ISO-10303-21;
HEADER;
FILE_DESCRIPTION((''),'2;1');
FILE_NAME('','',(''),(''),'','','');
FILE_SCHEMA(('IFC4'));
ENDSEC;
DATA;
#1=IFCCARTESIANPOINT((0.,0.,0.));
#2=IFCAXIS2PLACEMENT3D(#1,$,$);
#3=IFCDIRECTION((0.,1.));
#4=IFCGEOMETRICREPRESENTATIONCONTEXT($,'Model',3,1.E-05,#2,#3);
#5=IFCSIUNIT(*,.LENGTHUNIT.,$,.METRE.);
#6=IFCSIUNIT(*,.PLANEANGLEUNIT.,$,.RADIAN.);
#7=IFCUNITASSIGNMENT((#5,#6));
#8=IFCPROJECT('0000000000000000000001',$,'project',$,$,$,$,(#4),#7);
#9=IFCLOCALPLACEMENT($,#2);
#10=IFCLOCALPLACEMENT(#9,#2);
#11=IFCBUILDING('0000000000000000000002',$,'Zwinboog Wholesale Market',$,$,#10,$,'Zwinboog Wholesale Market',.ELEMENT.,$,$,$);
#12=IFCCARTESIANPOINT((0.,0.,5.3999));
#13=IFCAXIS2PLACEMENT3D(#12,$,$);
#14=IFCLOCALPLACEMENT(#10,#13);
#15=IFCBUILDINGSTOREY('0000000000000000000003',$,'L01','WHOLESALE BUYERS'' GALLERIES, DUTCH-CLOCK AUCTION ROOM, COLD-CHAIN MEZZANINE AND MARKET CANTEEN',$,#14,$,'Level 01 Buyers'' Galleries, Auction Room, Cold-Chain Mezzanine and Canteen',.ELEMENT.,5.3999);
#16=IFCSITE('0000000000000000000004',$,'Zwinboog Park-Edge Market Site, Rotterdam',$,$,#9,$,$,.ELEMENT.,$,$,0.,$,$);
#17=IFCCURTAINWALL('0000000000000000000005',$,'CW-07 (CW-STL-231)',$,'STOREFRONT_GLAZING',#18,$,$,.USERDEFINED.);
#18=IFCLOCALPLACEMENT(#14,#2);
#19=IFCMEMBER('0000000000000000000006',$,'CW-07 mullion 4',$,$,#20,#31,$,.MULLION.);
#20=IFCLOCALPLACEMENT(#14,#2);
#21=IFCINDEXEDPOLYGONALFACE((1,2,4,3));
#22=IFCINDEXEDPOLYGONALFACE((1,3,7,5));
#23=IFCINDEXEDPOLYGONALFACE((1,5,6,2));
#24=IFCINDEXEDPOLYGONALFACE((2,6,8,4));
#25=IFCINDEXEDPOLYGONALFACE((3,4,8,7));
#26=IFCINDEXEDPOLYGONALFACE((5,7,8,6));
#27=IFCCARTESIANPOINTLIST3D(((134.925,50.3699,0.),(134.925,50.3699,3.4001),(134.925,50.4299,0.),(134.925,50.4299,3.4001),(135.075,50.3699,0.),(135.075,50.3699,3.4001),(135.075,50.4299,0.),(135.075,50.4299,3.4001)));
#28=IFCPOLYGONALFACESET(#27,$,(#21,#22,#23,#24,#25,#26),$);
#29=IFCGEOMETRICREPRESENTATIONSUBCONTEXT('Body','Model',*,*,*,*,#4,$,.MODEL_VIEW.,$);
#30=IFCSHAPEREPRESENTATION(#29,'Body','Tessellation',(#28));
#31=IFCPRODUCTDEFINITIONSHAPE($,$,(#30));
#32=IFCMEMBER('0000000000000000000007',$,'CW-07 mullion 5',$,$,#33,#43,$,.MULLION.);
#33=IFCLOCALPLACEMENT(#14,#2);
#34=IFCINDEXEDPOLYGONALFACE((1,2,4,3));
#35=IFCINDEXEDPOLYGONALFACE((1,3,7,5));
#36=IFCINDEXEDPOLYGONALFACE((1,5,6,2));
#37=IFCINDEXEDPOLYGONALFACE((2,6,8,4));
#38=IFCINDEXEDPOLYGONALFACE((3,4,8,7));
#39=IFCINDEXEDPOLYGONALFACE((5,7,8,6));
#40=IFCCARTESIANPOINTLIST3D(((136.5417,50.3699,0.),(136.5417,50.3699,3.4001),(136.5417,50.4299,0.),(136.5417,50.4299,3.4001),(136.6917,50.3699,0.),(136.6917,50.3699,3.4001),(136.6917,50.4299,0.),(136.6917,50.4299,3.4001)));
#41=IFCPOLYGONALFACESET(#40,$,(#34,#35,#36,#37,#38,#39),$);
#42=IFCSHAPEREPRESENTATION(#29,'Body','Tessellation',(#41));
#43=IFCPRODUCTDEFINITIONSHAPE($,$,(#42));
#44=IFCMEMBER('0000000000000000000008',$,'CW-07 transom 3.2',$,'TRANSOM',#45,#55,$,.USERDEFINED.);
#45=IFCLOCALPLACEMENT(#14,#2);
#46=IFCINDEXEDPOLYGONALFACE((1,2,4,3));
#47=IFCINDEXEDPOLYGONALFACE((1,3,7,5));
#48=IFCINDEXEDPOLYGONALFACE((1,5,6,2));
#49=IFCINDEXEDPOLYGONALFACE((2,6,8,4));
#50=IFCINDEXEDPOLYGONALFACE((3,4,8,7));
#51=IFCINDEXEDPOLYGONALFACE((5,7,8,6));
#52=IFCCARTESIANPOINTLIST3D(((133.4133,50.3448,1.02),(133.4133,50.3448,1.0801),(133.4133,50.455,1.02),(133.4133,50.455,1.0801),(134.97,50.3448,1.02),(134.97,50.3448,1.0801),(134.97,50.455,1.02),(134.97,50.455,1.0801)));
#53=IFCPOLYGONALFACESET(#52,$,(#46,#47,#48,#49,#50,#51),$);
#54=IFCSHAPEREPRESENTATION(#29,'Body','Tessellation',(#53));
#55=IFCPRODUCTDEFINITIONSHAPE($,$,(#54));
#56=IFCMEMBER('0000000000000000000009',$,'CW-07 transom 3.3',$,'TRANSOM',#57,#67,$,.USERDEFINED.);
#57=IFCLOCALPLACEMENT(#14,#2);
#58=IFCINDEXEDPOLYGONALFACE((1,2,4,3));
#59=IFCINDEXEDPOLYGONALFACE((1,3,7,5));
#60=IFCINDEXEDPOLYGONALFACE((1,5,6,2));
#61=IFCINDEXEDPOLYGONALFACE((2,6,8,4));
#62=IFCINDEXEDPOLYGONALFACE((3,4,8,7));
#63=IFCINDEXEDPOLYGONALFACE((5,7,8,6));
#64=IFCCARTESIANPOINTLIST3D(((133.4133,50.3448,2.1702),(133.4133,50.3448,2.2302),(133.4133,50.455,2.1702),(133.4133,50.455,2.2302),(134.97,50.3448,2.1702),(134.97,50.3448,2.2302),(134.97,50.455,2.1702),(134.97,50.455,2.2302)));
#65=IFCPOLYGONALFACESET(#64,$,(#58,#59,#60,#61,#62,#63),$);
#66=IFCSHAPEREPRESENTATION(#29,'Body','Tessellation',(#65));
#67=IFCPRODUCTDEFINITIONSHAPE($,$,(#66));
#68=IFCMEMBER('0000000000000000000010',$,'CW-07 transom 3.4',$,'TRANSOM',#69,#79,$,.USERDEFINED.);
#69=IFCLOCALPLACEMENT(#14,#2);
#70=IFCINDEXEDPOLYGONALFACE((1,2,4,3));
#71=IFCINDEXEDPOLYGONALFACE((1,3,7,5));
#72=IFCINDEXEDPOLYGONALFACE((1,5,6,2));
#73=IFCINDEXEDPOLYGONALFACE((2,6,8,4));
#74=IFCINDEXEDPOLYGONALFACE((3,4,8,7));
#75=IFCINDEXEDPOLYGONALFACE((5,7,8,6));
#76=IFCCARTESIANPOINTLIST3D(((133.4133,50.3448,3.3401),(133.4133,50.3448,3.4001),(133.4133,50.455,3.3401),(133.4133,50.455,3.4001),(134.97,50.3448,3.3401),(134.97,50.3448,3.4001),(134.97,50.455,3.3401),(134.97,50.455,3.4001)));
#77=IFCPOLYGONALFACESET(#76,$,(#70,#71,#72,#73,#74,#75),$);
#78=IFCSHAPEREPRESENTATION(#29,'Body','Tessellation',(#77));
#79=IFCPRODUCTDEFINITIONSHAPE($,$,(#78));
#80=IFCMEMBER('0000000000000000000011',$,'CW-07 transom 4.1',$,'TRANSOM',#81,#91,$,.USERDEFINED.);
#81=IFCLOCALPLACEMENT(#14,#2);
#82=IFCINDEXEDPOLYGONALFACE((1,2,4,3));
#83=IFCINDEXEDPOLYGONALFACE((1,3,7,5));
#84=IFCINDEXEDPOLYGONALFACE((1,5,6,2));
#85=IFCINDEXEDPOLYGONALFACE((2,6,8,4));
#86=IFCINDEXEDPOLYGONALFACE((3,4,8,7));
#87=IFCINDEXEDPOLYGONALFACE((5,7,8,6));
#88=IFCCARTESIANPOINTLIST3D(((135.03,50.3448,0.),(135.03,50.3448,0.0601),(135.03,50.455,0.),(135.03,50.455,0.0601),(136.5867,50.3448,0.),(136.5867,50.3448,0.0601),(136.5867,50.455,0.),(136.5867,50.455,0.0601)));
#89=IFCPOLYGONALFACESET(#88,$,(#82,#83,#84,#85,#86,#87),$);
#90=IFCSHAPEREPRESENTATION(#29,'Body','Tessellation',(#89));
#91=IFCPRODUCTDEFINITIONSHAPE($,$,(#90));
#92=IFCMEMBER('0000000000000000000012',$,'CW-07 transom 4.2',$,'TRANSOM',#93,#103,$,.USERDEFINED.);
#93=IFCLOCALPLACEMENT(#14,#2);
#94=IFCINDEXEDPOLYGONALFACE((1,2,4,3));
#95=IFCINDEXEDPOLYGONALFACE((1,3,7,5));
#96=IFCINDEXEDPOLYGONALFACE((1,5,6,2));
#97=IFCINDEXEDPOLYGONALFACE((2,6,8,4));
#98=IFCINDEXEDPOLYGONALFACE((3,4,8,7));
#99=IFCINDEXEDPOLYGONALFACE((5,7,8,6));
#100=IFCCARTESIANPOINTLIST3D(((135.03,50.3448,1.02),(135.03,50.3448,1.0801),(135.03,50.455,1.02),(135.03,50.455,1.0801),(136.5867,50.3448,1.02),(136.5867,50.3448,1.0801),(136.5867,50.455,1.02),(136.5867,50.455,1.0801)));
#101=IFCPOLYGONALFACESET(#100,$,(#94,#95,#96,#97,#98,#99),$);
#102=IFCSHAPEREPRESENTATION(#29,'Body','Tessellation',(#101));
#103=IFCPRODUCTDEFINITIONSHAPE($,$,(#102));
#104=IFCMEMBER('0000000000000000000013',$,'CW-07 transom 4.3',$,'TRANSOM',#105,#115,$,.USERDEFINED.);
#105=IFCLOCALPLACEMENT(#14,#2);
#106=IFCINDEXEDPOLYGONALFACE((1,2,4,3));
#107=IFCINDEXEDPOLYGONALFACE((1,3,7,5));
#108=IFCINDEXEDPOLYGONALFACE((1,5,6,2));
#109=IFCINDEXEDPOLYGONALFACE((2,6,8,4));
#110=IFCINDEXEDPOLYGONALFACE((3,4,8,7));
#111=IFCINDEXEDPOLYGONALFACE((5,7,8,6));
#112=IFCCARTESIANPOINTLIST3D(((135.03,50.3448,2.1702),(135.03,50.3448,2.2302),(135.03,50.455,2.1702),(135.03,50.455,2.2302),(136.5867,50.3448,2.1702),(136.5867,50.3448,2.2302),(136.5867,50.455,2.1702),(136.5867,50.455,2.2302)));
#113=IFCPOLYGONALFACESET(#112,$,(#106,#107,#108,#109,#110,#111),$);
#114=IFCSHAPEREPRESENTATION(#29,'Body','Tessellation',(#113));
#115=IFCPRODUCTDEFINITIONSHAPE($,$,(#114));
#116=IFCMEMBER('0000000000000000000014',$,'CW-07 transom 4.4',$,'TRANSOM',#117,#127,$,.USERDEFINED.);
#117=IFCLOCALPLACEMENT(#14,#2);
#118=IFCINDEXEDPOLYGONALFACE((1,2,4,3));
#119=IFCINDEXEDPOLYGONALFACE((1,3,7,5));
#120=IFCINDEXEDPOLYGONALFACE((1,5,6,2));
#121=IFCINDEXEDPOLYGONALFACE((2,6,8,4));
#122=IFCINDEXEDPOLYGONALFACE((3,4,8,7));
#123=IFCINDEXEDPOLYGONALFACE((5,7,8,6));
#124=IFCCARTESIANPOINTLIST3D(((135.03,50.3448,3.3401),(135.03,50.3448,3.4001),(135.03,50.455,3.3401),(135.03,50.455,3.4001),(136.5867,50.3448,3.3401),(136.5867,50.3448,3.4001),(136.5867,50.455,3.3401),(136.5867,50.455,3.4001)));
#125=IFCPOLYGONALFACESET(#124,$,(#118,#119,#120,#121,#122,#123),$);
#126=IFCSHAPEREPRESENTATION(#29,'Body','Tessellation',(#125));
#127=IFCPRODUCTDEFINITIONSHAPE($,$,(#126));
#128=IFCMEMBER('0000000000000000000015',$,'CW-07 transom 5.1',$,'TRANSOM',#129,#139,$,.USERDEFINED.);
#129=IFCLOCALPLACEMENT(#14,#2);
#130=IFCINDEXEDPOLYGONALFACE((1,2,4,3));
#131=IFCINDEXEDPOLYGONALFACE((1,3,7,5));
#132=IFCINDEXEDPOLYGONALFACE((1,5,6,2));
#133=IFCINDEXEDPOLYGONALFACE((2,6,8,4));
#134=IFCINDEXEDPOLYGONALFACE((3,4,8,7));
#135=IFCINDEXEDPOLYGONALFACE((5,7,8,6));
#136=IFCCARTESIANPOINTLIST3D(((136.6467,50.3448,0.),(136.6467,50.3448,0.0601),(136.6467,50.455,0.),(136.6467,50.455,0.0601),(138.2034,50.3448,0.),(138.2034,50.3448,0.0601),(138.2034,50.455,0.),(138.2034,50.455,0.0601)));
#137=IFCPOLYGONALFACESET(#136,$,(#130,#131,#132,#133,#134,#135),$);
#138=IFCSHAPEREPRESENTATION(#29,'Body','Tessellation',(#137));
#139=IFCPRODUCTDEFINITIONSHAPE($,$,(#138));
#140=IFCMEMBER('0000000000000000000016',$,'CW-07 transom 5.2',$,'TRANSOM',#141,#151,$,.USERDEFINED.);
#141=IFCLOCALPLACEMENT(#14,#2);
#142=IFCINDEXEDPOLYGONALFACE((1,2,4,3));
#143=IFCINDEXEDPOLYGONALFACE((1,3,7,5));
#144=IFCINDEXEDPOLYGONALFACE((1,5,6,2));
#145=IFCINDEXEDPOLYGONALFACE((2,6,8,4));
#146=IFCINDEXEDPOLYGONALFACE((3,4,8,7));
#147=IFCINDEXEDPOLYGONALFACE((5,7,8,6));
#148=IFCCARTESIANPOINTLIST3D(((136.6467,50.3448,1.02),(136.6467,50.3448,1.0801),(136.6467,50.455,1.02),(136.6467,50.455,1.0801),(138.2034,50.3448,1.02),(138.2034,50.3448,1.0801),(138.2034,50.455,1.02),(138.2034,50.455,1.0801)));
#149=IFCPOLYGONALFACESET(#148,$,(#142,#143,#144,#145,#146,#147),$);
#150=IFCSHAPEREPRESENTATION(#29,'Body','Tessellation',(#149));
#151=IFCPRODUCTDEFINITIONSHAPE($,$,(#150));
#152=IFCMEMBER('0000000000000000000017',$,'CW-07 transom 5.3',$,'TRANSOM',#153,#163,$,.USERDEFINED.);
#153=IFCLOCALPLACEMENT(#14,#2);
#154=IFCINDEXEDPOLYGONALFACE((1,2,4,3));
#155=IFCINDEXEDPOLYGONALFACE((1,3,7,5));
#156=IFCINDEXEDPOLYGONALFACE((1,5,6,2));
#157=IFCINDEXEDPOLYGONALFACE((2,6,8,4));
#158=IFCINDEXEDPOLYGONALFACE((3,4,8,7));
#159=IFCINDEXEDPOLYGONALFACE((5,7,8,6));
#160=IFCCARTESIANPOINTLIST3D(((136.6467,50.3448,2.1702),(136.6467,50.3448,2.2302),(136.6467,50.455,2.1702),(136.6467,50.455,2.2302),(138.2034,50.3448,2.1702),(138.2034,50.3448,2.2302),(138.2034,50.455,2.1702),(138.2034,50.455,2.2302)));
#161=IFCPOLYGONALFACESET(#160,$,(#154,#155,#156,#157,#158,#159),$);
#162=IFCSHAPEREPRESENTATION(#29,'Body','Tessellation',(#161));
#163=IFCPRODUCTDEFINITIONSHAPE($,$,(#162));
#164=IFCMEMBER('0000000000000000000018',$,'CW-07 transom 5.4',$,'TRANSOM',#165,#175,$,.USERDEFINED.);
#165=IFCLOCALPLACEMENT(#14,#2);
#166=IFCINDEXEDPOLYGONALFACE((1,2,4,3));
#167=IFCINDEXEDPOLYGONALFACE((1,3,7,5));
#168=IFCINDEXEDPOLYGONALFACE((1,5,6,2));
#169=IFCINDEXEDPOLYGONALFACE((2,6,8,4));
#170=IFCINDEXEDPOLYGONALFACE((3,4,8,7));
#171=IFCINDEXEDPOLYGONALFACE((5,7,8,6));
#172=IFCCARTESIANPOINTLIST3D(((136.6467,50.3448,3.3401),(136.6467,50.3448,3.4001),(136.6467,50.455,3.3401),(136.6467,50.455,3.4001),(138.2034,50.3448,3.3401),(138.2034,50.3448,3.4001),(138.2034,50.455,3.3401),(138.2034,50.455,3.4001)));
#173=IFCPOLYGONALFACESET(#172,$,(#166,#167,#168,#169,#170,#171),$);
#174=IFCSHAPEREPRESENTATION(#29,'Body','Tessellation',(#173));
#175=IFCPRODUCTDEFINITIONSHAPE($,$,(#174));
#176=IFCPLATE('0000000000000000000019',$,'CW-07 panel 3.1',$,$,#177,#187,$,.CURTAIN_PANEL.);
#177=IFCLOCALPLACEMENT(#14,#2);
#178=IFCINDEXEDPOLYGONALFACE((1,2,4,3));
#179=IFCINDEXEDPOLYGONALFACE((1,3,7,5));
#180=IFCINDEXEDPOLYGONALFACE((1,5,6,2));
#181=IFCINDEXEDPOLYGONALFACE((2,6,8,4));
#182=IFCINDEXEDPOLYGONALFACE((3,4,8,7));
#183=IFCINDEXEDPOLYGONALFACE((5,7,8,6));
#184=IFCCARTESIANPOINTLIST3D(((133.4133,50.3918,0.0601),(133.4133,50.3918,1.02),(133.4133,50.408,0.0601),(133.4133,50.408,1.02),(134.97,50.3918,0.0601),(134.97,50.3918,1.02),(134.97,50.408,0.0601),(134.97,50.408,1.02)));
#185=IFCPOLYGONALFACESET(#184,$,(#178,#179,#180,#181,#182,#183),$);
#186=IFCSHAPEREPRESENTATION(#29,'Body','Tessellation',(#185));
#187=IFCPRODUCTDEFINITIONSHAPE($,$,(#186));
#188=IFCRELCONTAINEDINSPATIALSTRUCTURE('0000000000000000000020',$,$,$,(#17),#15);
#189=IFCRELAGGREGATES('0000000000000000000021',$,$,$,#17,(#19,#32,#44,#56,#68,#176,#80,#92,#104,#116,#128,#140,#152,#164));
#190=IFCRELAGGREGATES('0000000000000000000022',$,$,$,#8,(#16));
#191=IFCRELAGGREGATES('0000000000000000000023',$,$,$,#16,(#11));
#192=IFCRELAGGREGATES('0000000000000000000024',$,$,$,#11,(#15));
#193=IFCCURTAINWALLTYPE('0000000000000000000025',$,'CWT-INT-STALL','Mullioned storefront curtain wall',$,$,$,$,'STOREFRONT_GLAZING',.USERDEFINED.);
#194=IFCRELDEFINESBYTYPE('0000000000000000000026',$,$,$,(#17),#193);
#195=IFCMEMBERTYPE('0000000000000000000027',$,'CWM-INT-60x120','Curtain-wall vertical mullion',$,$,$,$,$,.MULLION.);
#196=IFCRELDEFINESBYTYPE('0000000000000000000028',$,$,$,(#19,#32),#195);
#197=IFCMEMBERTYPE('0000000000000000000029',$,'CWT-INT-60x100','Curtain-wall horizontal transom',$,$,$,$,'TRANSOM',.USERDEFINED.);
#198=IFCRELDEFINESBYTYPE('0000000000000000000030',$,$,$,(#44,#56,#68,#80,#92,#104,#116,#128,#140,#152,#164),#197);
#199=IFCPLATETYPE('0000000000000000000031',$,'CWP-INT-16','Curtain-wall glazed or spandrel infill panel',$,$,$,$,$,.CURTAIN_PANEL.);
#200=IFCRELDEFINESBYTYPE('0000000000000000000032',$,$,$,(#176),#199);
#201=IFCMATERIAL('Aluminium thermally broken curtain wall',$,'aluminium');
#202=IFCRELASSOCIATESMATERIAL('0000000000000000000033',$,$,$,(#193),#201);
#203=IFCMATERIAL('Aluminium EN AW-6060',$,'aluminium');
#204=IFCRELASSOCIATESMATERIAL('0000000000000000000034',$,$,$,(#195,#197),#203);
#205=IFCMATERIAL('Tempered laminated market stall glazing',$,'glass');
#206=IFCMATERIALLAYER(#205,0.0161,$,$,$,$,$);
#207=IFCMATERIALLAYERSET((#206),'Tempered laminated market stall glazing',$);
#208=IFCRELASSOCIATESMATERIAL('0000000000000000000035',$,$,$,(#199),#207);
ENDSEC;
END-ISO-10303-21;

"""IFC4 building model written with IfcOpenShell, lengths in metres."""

from ifc_helpers import new_model, si_unit, direction, frame, origin, origin_2d, place, context, subcontext, project, spatial, rectangle, extrude, material, layer, layer_set, material_profile, profile_set, type_object, element, aggregate, save


model = new_model("IFC4")

# Units and contexts
model_context = context("Model", 3, precision=1e-05, world=origin(), true_north=direction((0.0, 1.0)))
body_context = subcontext(model_context, "Body", "Model", "MODEL_VIEW")
ifc_project = project(units=[si_unit("LENGTHUNIT", "METRE"), si_unit("PLANEANGLEUNIT", "RADIAN")], contexts=[model_context])

# Site, building, storey
site_placement = place(None, origin())
site = spatial("IfcSite", under=ifc_project, at=site_placement, Name="Zwinboog Park-Edge Market Site, Rotterdam", CompositionType="ELEMENT", RefElevation=0.0)
building_placement = place(site_placement, origin())
building = spatial("IfcBuilding", under=site, at=building_placement, Name="Zwinboog Wholesale Market", LongName="Zwinboog Wholesale Market", CompositionType="ELEMENT")
storey_placement = place(building_placement, frame((0.0, 0.0, 5.3999)))
storey = spatial("IfcBuildingStorey", under=building, at=storey_placement, Name="L01", Description="WHOLESALE BUYERS' GALLERIES, DUTCH-CLOCK AUCTION ROOM, COLD-CHAIN MEZZANINE AND MARKET CANTEEN", LongName="Level 01 Buyers' Galleries, Auction Room, Cold-Chain Mezzanine and Canteen", CompositionType="ELEMENT", Elevation=5.3999)

# Curtain wall, members, plate
ifc_material_1 = material(Name="Aluminium thermally broken curtain wall", Category="aluminium")
curtain_wall_type = type_object("IfcCurtainWallType", Name="CWT-INT-STALL", Description="Mullioned storefront curtain wall", ElementType="STOREFRONT_GLAZING", PredefinedType="USERDEFINED", material=ifc_material_1)
curtain_wall_placement = place(storey_placement, origin())
curtain_wall = element("IfcCurtainWall", 1, at=curtain_wall_placement, inside=storey, type_object=curtain_wall_type, Name="CW-07 (CW-STL-231)", ObjectType="STOREFRONT_GLAZING", PredefinedType="USERDEFINED")
ifc_material_2 = material(Name="Aluminium EN AW-6060", Category="aluminium")
ifc_material_profile_1 = material_profile(ifc_material_2, rectangle(XDim=0.0601, YDim=0.1499, at=origin_2d()), Name="AL 60x150")
ifc_profile_set_1 = profile_set([ifc_material_profile_1], Name="Aluminium EN AW-6060")
member_type_1 = type_object("IfcMemberType", Name="CWM-INT-60x120", Description="Curtain-wall vertical mullion", PredefinedType="MULLION", material=ifc_profile_set_1)
member_1_placement = place(storey_placement, frame((135.0, 50.3999, 0.0), z_axis=(0.0, 0.0, 1.0), x_axis=(0.0, 1.0, 0.0)))
member_1 = element("IfcMember", 2, at=member_1_placement, type_object=member_type_1, Name="CW-07 mullion 4", PredefinedType="MULLION", context=body_context, shape_type="SweptSolid", body=[
    extrude(rectangle(XDim=0.0601, YDim=0.1499, at=origin_2d()), origin(), (0.0, 0.0, 1.0), 3.4001),
])
member_2_placement = place(storey_placement, frame((136.6167, 50.3999, 0.0), z_axis=(0.0, 0.0, 1.0), x_axis=(0.0, 1.0, 0.0)))
member_2 = element("IfcMember", 3, at=member_2_placement, type_object=member_type_1, Name="CW-07 mullion 5", PredefinedType="MULLION", context=body_context, shape_type="SweptSolid", body=[
    extrude(rectangle(XDim=0.0601, YDim=0.1499, at=origin_2d()), origin(), (0.0, 0.0, 1.0), 3.4001),
])
ifc_material_profile_2 = material_profile(ifc_material_2, rectangle(XDim=0.1101, YDim=0.0601, at=origin_2d()), Name="AL 60x110")
ifc_profile_set_2 = profile_set([ifc_material_profile_2], Name="Aluminium EN AW-6060")
member_type_2 = type_object("IfcMemberType", Name="CWT-INT-60x100", Description="Curtain-wall horizontal transom", ElementType="TRANSOM", PredefinedType="USERDEFINED", material=ifc_profile_set_2)
member_3_placement = place(storey_placement, frame((133.4133, 50.3999, 1.05), z_axis=(1.0, 0.0, 0.0), x_axis=(0.0, 1.0, 0.0)))
member_3 = element("IfcMember", 4, at=member_3_placement, type_object=member_type_2, Name="CW-07 transom 3.2", ObjectType="TRANSOM", PredefinedType="USERDEFINED", context=body_context, shape_type="SweptSolid", body=[
    extrude(rectangle(XDim=0.1101, YDim=0.0601, at=origin_2d()), origin(), (0.0, 0.0, 1.0), 1.5566),
])
member_4_placement = place(storey_placement, frame((133.4133, 50.3999, 2.2002), z_axis=(1.0, 0.0, 0.0), x_axis=(0.0, 1.0, 0.0)))
member_4 = element("IfcMember", 5, at=member_4_placement, type_object=member_type_2, Name="CW-07 transom 3.3", ObjectType="TRANSOM", PredefinedType="USERDEFINED", context=body_context, shape_type="SweptSolid", body=[
    extrude(rectangle(XDim=0.1101, YDim=0.0601, at=origin_2d()), origin(), (0.0, 0.0, 1.0), 1.5566),
])
member_5_placement = place(storey_placement, frame((133.4133, 50.3999, 3.3701), z_axis=(1.0, 0.0, 0.0), x_axis=(0.0, 1.0, 0.0)))
member_5 = element("IfcMember", 6, at=member_5_placement, type_object=member_type_2, Name="CW-07 transom 3.4", ObjectType="TRANSOM", PredefinedType="USERDEFINED", context=body_context, shape_type="SweptSolid", body=[
    extrude(rectangle(XDim=0.1101, YDim=0.0601, at=origin_2d()), origin(), (0.0, 0.0, 1.0), 1.5566),
])
member_6_placement = place(storey_placement, frame((135.03, 50.3999, 0.03), z_axis=(1.0, 0.0, 0.0), x_axis=(0.0, 1.0, 0.0)))
member_6 = element("IfcMember", 7, at=member_6_placement, type_object=member_type_2, Name="CW-07 transom 4.1", ObjectType="TRANSOM", PredefinedType="USERDEFINED", context=body_context, shape_type="SweptSolid", body=[
    extrude(rectangle(XDim=0.1101, YDim=0.0601, at=origin_2d()), origin(), (0.0, 0.0, 1.0), 1.5566),
])
member_7_placement = place(storey_placement, frame((135.03, 50.3999, 1.05), z_axis=(1.0, 0.0, 0.0), x_axis=(0.0, 1.0, 0.0)))
member_7 = element("IfcMember", 8, at=member_7_placement, type_object=member_type_2, Name="CW-07 transom 4.2", ObjectType="TRANSOM", PredefinedType="USERDEFINED", context=body_context, shape_type="SweptSolid", body=[
    extrude(rectangle(XDim=0.1101, YDim=0.0601, at=origin_2d()), origin(), (0.0, 0.0, 1.0), 1.5566),
])
member_8_placement = place(storey_placement, frame((135.03, 50.3999, 2.2002), z_axis=(1.0, 0.0, 0.0), x_axis=(0.0, 1.0, 0.0)))
member_8 = element("IfcMember", 9, at=member_8_placement, type_object=member_type_2, Name="CW-07 transom 4.3", ObjectType="TRANSOM", PredefinedType="USERDEFINED", context=body_context, shape_type="SweptSolid", body=[
    extrude(rectangle(XDim=0.1101, YDim=0.0601, at=origin_2d()), origin(), (0.0, 0.0, 1.0), 1.5566),
])
member_9_placement = place(storey_placement, frame((135.03, 50.3999, 3.3701), z_axis=(1.0, 0.0, 0.0), x_axis=(0.0, 1.0, 0.0)))
member_9 = element("IfcMember", 10, at=member_9_placement, type_object=member_type_2, Name="CW-07 transom 4.4", ObjectType="TRANSOM", PredefinedType="USERDEFINED", context=body_context, shape_type="SweptSolid", body=[
    extrude(rectangle(XDim=0.1101, YDim=0.0601, at=origin_2d()), origin(), (0.0, 0.0, 1.0), 1.5566),
])
member_10_placement = place(storey_placement, frame((136.6467, 50.3999, 0.03), z_axis=(1.0, 0.0, 0.0), x_axis=(0.0, 1.0, 0.0)))
member_10 = element("IfcMember", 11, at=member_10_placement, type_object=member_type_2, Name="CW-07 transom 5.1", ObjectType="TRANSOM", PredefinedType="USERDEFINED", context=body_context, shape_type="SweptSolid", body=[
    extrude(rectangle(XDim=0.1101, YDim=0.0601, at=origin_2d()), origin(), (0.0, 0.0, 1.0), 1.5566),
])
member_11_placement = place(storey_placement, frame((136.6467, 50.3999, 1.05), z_axis=(1.0, 0.0, 0.0), x_axis=(0.0, 1.0, 0.0)))
member_11 = element("IfcMember", 12, at=member_11_placement, type_object=member_type_2, Name="CW-07 transom 5.2", ObjectType="TRANSOM", PredefinedType="USERDEFINED", context=body_context, shape_type="SweptSolid", body=[
    extrude(rectangle(XDim=0.1101, YDim=0.0601, at=origin_2d()), origin(), (0.0, 0.0, 1.0), 1.5566),
])
member_12_placement = place(storey_placement, frame((136.6467, 50.3999, 2.2002), z_axis=(1.0, 0.0, 0.0), x_axis=(0.0, 1.0, 0.0)))
member_12 = element("IfcMember", 13, at=member_12_placement, type_object=member_type_2, Name="CW-07 transom 5.3", ObjectType="TRANSOM", PredefinedType="USERDEFINED", context=body_context, shape_type="SweptSolid", body=[
    extrude(rectangle(XDim=0.1101, YDim=0.0601, at=origin_2d()), origin(), (0.0, 0.0, 1.0), 1.5566),
])
member_13_placement = place(storey_placement, frame((136.6467, 50.3999, 3.3701), z_axis=(1.0, 0.0, 0.0), x_axis=(0.0, 1.0, 0.0)))
member_13 = element("IfcMember", 14, at=member_13_placement, type_object=member_type_2, Name="CW-07 transom 5.4", ObjectType="TRANSOM", PredefinedType="USERDEFINED", context=body_context, shape_type="SweptSolid", body=[
    extrude(rectangle(XDim=0.1101, YDim=0.0601, at=origin_2d()), origin(), (0.0, 0.0, 1.0), 1.5566),
])
ifc_material_3 = material(Name="Tempered laminated market stall glazing", Category="glass")
ifc_layer = layer(ifc_material_3, 0.0161)
ifc_layer_set = layer_set([ifc_layer], Name="Tempered laminated market stall glazing")
plate_type = type_object("IfcPlateType", Name="CWP-INT-16", Description="Curtain-wall glazed or spandrel infill panel", PredefinedType="CURTAIN_PANEL", material=ifc_layer_set)
plate_1_placement = place(storey_placement, frame((134.1917, 50.3999, 0.0601), z_axis=(0.0, 0.0, 1.0), x_axis=(1.0, 0.0, 0.0)))
plate_1 = element("IfcPlate", 15, at=plate_1_placement, type_object=plate_type, Name="CW-07 panel 3.1", PredefinedType="CURTAIN_PANEL", context=body_context, shape_type="SweptSolid", body=[
    extrude(rectangle(XDim=1.5566, YDim=0.0161, at=origin_2d()), origin(), (0.0, 0.0, 1.0), 0.96),
])
aggregate(curtain_wall, [member_1, member_2, member_3, member_4, member_5, plate_1, member_6, member_7, member_8, member_9, member_10, member_11, member_12, member_13])

save(model, "model.ifc")
